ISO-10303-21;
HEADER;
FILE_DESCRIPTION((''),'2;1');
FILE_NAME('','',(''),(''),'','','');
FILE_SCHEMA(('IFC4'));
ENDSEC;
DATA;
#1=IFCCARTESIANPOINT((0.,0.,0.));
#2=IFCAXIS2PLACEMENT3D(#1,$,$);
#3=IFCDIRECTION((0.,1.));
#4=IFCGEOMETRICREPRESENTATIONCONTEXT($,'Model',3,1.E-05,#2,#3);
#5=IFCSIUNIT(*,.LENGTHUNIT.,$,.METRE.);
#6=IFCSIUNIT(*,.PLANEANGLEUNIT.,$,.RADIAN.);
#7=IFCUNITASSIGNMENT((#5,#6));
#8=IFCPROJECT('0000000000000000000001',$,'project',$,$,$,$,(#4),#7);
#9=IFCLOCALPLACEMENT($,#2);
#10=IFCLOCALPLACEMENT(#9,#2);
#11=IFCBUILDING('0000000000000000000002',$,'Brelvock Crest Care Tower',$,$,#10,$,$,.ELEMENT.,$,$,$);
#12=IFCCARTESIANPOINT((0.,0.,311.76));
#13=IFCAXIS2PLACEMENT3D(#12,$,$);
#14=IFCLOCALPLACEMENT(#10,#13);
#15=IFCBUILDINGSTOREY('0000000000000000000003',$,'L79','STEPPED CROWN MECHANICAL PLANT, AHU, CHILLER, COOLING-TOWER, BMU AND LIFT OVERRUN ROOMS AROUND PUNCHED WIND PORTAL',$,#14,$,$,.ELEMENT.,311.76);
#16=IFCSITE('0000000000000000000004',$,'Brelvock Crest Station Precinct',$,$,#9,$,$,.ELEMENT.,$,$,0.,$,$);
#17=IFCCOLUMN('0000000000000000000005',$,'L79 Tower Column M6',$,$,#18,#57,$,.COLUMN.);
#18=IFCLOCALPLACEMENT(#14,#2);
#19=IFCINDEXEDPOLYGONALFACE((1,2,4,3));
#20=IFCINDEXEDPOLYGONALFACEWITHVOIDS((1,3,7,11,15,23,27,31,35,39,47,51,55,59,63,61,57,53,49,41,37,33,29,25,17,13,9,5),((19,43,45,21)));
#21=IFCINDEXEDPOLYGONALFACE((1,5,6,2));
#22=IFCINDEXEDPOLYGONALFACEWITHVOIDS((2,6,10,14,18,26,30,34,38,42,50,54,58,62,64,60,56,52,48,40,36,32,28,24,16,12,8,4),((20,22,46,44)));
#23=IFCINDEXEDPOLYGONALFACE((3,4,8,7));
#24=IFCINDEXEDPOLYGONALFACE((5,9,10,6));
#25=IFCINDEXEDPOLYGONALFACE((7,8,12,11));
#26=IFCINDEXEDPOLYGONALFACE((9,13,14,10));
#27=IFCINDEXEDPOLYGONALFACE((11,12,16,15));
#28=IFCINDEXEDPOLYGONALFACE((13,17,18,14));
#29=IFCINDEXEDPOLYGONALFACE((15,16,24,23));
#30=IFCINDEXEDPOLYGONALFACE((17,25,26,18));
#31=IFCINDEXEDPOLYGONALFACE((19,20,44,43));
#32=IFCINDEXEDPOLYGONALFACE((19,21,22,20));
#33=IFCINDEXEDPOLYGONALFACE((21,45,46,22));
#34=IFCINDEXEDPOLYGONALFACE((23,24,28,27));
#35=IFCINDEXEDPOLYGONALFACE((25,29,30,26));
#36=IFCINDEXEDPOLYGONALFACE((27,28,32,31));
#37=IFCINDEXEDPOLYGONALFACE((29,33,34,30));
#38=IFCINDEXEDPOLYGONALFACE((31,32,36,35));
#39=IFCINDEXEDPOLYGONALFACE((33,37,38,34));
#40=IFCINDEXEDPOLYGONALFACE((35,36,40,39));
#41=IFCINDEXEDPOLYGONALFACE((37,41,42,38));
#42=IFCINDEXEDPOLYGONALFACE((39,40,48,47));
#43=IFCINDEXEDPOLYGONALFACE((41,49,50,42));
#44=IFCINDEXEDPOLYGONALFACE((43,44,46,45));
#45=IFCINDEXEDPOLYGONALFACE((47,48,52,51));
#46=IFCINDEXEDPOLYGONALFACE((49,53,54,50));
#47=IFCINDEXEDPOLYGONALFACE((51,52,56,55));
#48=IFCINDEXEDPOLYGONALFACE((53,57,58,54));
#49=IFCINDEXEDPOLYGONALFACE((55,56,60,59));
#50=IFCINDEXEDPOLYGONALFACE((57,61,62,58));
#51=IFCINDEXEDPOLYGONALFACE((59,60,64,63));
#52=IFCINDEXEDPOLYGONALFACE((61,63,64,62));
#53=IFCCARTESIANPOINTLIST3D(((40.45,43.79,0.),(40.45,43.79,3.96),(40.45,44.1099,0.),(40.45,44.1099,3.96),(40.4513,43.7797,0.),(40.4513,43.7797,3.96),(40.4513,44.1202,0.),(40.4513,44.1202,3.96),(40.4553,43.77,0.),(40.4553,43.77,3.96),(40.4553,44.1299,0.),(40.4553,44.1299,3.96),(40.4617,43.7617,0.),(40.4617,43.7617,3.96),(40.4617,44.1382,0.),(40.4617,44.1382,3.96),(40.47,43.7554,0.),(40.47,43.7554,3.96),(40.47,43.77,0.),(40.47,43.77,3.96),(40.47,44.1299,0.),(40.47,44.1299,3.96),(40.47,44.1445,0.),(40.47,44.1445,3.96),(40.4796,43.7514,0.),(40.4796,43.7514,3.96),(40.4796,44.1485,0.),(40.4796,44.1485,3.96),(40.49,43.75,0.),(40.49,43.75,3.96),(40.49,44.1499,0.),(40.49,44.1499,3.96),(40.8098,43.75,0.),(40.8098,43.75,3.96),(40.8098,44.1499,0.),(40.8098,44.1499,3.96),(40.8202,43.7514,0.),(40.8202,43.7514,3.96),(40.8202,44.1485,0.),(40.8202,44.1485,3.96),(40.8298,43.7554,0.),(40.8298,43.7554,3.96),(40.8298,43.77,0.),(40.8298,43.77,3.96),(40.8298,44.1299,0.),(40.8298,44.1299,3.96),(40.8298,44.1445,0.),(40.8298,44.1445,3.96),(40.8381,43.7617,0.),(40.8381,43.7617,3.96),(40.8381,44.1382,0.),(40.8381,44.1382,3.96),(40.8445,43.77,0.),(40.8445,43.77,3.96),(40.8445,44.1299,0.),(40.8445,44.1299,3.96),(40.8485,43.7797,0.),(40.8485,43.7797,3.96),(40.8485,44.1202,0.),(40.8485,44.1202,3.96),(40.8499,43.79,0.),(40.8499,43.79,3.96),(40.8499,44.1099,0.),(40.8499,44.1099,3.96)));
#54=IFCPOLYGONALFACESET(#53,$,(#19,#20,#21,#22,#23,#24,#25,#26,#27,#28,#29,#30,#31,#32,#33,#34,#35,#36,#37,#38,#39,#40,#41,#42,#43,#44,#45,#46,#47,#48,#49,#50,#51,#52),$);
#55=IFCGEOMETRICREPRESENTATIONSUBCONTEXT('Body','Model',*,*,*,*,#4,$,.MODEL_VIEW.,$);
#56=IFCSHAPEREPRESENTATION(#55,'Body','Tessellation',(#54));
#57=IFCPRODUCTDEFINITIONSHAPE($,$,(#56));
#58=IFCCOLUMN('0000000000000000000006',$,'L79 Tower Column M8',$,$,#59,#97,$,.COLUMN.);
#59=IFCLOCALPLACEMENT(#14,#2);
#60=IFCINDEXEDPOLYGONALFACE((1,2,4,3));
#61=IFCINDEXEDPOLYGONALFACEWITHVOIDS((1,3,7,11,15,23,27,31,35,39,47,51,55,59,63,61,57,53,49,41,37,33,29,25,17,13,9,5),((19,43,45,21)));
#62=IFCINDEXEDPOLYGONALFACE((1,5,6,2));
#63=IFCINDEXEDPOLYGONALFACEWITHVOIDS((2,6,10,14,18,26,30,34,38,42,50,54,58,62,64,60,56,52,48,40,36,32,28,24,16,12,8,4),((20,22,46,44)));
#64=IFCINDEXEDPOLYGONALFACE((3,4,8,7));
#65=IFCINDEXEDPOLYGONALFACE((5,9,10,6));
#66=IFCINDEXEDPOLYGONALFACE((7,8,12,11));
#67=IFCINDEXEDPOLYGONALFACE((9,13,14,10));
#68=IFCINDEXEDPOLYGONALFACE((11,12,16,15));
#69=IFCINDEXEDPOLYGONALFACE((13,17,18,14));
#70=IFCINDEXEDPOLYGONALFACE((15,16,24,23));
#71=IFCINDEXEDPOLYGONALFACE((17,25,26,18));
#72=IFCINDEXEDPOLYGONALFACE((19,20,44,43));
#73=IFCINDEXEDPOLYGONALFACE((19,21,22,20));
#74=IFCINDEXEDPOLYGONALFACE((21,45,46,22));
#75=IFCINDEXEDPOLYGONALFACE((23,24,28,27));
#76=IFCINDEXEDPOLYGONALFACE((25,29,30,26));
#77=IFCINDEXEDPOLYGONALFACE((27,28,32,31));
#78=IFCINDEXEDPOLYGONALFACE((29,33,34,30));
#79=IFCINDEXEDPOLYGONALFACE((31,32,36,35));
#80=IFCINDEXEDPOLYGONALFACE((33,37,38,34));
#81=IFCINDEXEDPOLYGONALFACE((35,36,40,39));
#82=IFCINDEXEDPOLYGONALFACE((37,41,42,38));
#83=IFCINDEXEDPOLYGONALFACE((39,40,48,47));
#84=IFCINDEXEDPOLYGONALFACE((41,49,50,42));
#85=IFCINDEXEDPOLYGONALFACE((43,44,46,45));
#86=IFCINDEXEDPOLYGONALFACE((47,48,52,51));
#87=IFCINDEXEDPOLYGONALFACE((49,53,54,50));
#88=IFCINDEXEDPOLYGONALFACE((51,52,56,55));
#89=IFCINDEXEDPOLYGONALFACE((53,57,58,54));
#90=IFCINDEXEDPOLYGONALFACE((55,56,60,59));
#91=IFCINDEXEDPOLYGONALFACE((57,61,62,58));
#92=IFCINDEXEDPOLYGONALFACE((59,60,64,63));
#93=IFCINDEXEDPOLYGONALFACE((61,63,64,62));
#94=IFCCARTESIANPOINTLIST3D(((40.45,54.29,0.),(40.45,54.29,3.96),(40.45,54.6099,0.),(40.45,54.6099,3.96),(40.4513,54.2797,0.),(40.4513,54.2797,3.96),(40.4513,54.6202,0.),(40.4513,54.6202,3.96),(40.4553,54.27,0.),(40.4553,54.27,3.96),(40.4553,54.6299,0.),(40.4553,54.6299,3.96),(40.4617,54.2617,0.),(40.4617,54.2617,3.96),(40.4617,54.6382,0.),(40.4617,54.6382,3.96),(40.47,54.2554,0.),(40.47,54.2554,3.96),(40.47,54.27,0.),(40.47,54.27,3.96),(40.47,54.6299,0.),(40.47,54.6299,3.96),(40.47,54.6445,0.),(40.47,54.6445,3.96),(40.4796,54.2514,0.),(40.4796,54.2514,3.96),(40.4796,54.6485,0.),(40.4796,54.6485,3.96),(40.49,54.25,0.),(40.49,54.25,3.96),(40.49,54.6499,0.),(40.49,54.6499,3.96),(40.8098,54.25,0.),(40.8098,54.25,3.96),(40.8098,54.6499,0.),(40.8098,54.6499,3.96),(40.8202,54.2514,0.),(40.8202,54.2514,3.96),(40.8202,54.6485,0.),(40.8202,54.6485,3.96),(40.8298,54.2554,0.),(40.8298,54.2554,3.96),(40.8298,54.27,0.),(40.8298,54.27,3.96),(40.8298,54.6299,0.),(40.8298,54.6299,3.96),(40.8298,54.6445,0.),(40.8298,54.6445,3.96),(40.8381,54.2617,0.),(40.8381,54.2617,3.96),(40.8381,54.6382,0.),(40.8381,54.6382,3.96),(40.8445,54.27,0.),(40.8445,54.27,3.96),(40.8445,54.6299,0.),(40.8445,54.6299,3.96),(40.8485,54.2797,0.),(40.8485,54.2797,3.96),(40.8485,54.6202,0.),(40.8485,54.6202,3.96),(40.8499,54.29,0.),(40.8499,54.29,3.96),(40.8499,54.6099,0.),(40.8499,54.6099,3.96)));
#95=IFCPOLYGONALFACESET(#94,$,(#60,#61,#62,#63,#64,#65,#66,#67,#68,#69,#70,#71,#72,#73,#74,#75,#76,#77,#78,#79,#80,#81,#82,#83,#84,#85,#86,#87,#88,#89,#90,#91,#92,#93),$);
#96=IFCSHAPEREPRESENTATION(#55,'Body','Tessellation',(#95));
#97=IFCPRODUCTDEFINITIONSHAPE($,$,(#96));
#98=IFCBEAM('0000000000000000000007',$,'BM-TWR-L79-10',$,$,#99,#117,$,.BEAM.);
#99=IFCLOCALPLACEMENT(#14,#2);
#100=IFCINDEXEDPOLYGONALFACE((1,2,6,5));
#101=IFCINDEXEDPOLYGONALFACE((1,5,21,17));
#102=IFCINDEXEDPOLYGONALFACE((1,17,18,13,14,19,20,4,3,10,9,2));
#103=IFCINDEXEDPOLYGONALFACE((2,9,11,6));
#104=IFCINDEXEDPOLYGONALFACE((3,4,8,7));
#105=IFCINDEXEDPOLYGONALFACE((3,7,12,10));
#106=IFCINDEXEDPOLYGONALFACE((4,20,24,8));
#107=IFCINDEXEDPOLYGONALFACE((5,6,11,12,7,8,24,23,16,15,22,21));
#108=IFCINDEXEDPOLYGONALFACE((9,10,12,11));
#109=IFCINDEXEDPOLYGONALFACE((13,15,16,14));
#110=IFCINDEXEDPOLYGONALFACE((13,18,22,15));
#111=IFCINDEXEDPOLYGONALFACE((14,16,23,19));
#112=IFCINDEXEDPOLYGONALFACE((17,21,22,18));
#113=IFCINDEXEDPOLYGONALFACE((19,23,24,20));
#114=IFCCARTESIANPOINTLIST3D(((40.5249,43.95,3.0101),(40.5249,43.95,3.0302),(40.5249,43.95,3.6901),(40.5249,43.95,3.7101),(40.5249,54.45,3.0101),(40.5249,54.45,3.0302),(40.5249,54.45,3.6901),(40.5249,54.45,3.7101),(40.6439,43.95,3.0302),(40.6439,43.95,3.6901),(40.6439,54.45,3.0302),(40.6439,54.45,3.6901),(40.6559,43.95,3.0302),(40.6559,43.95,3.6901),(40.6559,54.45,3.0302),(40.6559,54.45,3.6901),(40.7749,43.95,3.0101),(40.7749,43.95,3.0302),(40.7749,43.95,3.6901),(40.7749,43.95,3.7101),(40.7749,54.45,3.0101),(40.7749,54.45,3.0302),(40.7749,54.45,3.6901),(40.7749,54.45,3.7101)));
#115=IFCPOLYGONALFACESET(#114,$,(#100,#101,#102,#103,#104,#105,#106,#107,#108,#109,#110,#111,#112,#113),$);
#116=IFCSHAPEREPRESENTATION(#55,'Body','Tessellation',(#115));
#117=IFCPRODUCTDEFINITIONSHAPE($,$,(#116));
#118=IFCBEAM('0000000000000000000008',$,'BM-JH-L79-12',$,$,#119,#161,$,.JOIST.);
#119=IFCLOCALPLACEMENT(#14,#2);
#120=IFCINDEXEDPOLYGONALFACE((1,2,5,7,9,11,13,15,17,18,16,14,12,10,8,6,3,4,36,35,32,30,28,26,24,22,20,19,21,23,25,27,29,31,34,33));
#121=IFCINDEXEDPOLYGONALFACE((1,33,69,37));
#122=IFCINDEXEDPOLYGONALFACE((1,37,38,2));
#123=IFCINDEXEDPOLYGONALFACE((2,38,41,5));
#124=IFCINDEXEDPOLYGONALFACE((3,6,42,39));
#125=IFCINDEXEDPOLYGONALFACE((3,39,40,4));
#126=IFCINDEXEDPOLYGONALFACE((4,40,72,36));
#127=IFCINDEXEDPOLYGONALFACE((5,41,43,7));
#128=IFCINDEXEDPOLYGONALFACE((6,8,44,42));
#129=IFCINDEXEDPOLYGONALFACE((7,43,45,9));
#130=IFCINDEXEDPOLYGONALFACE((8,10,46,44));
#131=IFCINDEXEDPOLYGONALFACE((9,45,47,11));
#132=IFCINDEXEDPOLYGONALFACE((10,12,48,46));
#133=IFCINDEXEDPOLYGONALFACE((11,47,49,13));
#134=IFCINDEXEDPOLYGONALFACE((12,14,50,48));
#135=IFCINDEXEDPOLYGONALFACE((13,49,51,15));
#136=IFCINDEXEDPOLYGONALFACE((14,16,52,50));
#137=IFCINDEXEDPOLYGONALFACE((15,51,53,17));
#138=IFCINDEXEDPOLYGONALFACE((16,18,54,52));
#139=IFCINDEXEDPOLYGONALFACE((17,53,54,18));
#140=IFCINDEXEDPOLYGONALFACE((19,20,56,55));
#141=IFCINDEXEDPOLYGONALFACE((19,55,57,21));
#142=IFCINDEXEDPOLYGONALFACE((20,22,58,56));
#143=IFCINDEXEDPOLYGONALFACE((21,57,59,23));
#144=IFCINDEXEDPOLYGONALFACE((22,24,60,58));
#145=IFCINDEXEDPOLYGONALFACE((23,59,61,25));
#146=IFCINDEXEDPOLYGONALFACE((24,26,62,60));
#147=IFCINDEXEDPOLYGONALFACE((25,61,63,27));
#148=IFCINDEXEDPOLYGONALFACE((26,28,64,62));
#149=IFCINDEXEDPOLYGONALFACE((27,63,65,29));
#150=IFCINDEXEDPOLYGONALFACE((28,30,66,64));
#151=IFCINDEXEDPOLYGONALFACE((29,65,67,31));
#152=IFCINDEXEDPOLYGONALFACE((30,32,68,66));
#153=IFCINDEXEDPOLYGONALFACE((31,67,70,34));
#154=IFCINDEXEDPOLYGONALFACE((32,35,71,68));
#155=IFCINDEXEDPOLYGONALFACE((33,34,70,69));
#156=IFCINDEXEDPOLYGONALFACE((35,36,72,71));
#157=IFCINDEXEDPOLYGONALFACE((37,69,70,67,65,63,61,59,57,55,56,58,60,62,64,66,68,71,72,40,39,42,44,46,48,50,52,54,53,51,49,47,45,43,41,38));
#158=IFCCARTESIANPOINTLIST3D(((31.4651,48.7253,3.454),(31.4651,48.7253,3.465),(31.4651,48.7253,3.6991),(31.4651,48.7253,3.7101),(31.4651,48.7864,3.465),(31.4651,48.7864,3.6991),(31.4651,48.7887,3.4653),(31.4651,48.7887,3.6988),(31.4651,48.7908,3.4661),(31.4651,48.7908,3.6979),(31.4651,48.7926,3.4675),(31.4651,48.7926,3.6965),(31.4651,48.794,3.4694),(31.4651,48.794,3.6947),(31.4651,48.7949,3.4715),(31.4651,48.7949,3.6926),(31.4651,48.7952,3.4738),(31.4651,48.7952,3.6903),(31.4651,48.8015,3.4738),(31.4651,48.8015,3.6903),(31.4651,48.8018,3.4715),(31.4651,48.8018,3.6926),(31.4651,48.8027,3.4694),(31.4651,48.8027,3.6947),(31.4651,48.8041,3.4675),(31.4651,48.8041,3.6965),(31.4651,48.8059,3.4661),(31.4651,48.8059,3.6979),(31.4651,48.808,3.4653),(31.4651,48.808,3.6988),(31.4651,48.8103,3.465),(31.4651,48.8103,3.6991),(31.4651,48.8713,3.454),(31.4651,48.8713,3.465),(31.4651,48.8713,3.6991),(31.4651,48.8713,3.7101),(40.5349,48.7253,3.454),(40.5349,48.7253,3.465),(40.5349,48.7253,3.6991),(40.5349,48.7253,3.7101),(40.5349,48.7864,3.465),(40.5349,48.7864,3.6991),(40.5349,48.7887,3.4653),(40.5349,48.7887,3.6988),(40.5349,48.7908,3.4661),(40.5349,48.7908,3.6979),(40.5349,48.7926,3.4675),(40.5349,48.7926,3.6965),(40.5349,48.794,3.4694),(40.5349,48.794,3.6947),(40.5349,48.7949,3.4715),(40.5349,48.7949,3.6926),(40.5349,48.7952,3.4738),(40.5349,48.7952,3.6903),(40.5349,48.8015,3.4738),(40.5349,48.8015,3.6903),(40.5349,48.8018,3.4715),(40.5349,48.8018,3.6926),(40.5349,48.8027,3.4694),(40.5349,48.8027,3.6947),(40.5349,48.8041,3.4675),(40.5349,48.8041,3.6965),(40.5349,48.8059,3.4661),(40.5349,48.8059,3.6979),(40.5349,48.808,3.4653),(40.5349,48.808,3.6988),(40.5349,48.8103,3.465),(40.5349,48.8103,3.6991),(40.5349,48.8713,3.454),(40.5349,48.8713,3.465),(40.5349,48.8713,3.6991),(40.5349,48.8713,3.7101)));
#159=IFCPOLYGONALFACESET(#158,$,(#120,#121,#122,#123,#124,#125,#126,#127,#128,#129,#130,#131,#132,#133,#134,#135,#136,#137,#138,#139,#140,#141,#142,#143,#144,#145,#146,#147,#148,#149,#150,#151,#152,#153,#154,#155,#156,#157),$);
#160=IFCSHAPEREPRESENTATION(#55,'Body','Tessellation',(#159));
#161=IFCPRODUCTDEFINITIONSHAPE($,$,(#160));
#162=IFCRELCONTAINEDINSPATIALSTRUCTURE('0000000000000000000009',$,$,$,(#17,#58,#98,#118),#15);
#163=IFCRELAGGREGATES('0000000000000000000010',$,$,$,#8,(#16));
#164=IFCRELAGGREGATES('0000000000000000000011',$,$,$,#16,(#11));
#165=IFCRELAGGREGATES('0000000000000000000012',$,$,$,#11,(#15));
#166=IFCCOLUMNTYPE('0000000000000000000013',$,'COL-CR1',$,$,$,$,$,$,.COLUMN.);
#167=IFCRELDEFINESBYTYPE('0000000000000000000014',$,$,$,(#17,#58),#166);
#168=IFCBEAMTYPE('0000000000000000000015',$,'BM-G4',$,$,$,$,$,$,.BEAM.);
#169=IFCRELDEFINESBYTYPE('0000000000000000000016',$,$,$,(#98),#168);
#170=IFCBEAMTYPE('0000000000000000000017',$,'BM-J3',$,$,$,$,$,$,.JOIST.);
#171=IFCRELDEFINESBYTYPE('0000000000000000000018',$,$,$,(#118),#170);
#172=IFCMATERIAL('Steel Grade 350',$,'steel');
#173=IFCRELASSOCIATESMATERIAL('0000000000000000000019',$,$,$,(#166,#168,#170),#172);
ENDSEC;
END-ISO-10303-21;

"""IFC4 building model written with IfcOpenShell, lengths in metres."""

from ifc_helpers import new_model, si_unit, direction, frame, origin, origin_2d, place, context, subcontext, project, spatial, hollow_rectangle, i_section, extrude, source, transform, mapped, material, material_profile, profile_set, type_object, element, save


model = new_model("IFC4")

# Units and contexts
model_context = context("Model", 3, precision=1e-05, world=origin(), true_north=direction((0.0, 1.0)))
body_context = subcontext(model_context, "Body", "Model", "MODEL_VIEW")
ifc_project = project(units=[si_unit("LENGTHUNIT", "METRE"), si_unit("PLANEANGLEUNIT", "RADIAN")], contexts=[model_context])

# Site, building, storey
site_placement = place(None, origin())
site = spatial("IfcSite", under=ifc_project, at=site_placement, Name="Brelvock Crest Station Precinct", CompositionType="ELEMENT", RefElevation=0.0)
building_placement = place(site_placement, origin())
building = spatial("IfcBuilding", under=site, at=building_placement, Name="Brelvock Crest Care Tower", CompositionType="ELEMENT")
storey_placement = place(building_placement, frame((0.0, 0.0, 311.76)))
storey = spatial("IfcBuildingStorey", under=building, at=storey_placement, Name="L79", Description="STEPPED CROWN MECHANICAL PLANT, AHU, CHILLER, COOLING-TOWER, BMU AND LIFT OVERRUN ROOMS AROUND PUNCHED WIND PORTAL", CompositionType="ELEMENT", Elevation=311.76)

# Columns
ifc_material_1 = material(Name="Steel Grade 350", Category="steel")
ifc_material_profile_1 = material_profile(ifc_material_1, hollow_rectangle(XDim=0.3999, YDim=0.3999, WallThickness=0.02, OuterFilletRadius=0.04, at=origin_2d()), Name="SHS400x400x20.0")
ifc_profile_set_1 = profile_set([ifc_material_profile_1], Name="Steel Grade 350")
column_type = type_object("IfcColumnType", Name="COL-CR1", PredefinedType="COLUMN", material=ifc_profile_set_1)
shared_shape_1 = source(origin(), body_context, "Body", "SweptSolid", [
    extrude(hollow_rectangle(XDim=0.3999, YDim=0.3999, WallThickness=0.02, OuterFilletRadius=0.04, at=origin_2d()), origin(), (0.0, 0.0, 1.0), 3.96),
])
for number, where, z_axis, x_axis, name in (
    (1, (40.6499, 43.95, 0.0), (0.0, 0.0, 1.0), (1.0, 0.0, 0.0), "L79 Tower Column M6"),
    (2, (40.6499, 54.45, 0.0), (0.0, 0.0, 1.0), (1.0, 0.0, 0.0), "L79 Tower Column M8"),
):
    element("IfcColumn", number, at=place(storey_placement, frame(where, z_axis=z_axis, x_axis=x_axis)), inside=storey, type_object=column_type, Name=name, PredefinedType="COLUMN", context=body_context, shape_type="MappedRepresentation", body=[
        mapped(shared_shape_1, transform((0.0, 0.0, 0.0), x_axis=(1.0, 0.0, 0.0), y_axis=(0.0, 1.0, 0.0), z_axis=(0.0, 0.0, 1.0), scale=1.0)),
    ])

# Beams
ifc_material_profile_2 = material_profile(ifc_material_1, i_section(OverallWidth=0.25, OverallDepth=0.7, WebThickness=0.012, FlangeThickness=0.02, at=origin_2d()), Name="700WB150")
ifc_profile_set_2 = profile_set([ifc_material_profile_2], Name="Steel Grade 350")
beam_type_1 = type_object("IfcBeamType", Name="BM-G4", PredefinedType="BEAM", material=ifc_profile_set_2)
shared_shape_2 = source(origin(), body_context, "Body", "SweptSolid", [
    extrude(i_section(OverallWidth=0.25, OverallDepth=0.7, WebThickness=0.012, FlangeThickness=0.02, at=origin_2d()), origin(), (0.0, 0.0, 1.0), 10.5),
])
beam_placement = place(storey_placement, frame((40.6499, 43.95, 3.3601), z_axis=(0.0, 1.0, 0.0), x_axis=(-1.0, 0.0, 0.0)))
element("IfcBeam", 3, at=beam_placement, inside=storey, type_object=beam_type_1, Name="BM-TWR-L79-10", PredefinedType="BEAM", context=body_context, shape_type="MappedRepresentation", body=[
    mapped(shared_shape_2, transform((0.0, 0.0, 0.0), x_axis=(1.0, 0.0, 0.0), y_axis=(0.0, 1.0, 0.0), z_axis=(0.0, 0.0, 1.0), scale=1.0)),
])
ifc_material_profile_3 = material_profile(ifc_material_1, i_section(OverallWidth=0.146, OverallDepth=0.2561, WebThickness=0.0063, FlangeThickness=0.011, FilletRadius=0.0088, at=origin_2d()), Name="250UB37.3")
ifc_profile_set_3 = profile_set([ifc_material_profile_3], Name="Steel Grade 350")
beam_type_2 = type_object("IfcBeamType", Name="BM-J3", PredefinedType="JOIST", material=ifc_profile_set_3)
shared_shape_3 = source(origin(), body_context, "Body", "SweptSolid", [
    extrude(i_section(OverallWidth=0.146, OverallDepth=0.2561, WebThickness=0.0063, FlangeThickness=0.011, FilletRadius=0.0088, at=origin_2d()), origin(), (0.0, 0.0, 1.0), 9.0698),
])
for number, where, z_axis, x_axis, name in (
    (4, (31.4651, 48.7983, 3.582), (1.0, 0.0, 0.0), (0.0, 1.0, 0.0), "BM-JH-L79-12"),
):
    element("IfcBeam", number, at=place(storey_placement, frame(where, z_axis=z_axis, x_axis=x_axis)), inside=storey, type_object=beam_type_2, Name=name, PredefinedType="JOIST", context=body_context, shape_type="MappedRepresentation", body=[
        mapped(shared_shape_3, transform((0.0, 0.0, 0.0), x_axis=(1.0, 0.0, 0.0), y_axis=(0.0, 1.0, 0.0), z_axis=(0.0, 0.0, 1.0), scale=1.0)),
    ])

save(model, "model.ifc")
